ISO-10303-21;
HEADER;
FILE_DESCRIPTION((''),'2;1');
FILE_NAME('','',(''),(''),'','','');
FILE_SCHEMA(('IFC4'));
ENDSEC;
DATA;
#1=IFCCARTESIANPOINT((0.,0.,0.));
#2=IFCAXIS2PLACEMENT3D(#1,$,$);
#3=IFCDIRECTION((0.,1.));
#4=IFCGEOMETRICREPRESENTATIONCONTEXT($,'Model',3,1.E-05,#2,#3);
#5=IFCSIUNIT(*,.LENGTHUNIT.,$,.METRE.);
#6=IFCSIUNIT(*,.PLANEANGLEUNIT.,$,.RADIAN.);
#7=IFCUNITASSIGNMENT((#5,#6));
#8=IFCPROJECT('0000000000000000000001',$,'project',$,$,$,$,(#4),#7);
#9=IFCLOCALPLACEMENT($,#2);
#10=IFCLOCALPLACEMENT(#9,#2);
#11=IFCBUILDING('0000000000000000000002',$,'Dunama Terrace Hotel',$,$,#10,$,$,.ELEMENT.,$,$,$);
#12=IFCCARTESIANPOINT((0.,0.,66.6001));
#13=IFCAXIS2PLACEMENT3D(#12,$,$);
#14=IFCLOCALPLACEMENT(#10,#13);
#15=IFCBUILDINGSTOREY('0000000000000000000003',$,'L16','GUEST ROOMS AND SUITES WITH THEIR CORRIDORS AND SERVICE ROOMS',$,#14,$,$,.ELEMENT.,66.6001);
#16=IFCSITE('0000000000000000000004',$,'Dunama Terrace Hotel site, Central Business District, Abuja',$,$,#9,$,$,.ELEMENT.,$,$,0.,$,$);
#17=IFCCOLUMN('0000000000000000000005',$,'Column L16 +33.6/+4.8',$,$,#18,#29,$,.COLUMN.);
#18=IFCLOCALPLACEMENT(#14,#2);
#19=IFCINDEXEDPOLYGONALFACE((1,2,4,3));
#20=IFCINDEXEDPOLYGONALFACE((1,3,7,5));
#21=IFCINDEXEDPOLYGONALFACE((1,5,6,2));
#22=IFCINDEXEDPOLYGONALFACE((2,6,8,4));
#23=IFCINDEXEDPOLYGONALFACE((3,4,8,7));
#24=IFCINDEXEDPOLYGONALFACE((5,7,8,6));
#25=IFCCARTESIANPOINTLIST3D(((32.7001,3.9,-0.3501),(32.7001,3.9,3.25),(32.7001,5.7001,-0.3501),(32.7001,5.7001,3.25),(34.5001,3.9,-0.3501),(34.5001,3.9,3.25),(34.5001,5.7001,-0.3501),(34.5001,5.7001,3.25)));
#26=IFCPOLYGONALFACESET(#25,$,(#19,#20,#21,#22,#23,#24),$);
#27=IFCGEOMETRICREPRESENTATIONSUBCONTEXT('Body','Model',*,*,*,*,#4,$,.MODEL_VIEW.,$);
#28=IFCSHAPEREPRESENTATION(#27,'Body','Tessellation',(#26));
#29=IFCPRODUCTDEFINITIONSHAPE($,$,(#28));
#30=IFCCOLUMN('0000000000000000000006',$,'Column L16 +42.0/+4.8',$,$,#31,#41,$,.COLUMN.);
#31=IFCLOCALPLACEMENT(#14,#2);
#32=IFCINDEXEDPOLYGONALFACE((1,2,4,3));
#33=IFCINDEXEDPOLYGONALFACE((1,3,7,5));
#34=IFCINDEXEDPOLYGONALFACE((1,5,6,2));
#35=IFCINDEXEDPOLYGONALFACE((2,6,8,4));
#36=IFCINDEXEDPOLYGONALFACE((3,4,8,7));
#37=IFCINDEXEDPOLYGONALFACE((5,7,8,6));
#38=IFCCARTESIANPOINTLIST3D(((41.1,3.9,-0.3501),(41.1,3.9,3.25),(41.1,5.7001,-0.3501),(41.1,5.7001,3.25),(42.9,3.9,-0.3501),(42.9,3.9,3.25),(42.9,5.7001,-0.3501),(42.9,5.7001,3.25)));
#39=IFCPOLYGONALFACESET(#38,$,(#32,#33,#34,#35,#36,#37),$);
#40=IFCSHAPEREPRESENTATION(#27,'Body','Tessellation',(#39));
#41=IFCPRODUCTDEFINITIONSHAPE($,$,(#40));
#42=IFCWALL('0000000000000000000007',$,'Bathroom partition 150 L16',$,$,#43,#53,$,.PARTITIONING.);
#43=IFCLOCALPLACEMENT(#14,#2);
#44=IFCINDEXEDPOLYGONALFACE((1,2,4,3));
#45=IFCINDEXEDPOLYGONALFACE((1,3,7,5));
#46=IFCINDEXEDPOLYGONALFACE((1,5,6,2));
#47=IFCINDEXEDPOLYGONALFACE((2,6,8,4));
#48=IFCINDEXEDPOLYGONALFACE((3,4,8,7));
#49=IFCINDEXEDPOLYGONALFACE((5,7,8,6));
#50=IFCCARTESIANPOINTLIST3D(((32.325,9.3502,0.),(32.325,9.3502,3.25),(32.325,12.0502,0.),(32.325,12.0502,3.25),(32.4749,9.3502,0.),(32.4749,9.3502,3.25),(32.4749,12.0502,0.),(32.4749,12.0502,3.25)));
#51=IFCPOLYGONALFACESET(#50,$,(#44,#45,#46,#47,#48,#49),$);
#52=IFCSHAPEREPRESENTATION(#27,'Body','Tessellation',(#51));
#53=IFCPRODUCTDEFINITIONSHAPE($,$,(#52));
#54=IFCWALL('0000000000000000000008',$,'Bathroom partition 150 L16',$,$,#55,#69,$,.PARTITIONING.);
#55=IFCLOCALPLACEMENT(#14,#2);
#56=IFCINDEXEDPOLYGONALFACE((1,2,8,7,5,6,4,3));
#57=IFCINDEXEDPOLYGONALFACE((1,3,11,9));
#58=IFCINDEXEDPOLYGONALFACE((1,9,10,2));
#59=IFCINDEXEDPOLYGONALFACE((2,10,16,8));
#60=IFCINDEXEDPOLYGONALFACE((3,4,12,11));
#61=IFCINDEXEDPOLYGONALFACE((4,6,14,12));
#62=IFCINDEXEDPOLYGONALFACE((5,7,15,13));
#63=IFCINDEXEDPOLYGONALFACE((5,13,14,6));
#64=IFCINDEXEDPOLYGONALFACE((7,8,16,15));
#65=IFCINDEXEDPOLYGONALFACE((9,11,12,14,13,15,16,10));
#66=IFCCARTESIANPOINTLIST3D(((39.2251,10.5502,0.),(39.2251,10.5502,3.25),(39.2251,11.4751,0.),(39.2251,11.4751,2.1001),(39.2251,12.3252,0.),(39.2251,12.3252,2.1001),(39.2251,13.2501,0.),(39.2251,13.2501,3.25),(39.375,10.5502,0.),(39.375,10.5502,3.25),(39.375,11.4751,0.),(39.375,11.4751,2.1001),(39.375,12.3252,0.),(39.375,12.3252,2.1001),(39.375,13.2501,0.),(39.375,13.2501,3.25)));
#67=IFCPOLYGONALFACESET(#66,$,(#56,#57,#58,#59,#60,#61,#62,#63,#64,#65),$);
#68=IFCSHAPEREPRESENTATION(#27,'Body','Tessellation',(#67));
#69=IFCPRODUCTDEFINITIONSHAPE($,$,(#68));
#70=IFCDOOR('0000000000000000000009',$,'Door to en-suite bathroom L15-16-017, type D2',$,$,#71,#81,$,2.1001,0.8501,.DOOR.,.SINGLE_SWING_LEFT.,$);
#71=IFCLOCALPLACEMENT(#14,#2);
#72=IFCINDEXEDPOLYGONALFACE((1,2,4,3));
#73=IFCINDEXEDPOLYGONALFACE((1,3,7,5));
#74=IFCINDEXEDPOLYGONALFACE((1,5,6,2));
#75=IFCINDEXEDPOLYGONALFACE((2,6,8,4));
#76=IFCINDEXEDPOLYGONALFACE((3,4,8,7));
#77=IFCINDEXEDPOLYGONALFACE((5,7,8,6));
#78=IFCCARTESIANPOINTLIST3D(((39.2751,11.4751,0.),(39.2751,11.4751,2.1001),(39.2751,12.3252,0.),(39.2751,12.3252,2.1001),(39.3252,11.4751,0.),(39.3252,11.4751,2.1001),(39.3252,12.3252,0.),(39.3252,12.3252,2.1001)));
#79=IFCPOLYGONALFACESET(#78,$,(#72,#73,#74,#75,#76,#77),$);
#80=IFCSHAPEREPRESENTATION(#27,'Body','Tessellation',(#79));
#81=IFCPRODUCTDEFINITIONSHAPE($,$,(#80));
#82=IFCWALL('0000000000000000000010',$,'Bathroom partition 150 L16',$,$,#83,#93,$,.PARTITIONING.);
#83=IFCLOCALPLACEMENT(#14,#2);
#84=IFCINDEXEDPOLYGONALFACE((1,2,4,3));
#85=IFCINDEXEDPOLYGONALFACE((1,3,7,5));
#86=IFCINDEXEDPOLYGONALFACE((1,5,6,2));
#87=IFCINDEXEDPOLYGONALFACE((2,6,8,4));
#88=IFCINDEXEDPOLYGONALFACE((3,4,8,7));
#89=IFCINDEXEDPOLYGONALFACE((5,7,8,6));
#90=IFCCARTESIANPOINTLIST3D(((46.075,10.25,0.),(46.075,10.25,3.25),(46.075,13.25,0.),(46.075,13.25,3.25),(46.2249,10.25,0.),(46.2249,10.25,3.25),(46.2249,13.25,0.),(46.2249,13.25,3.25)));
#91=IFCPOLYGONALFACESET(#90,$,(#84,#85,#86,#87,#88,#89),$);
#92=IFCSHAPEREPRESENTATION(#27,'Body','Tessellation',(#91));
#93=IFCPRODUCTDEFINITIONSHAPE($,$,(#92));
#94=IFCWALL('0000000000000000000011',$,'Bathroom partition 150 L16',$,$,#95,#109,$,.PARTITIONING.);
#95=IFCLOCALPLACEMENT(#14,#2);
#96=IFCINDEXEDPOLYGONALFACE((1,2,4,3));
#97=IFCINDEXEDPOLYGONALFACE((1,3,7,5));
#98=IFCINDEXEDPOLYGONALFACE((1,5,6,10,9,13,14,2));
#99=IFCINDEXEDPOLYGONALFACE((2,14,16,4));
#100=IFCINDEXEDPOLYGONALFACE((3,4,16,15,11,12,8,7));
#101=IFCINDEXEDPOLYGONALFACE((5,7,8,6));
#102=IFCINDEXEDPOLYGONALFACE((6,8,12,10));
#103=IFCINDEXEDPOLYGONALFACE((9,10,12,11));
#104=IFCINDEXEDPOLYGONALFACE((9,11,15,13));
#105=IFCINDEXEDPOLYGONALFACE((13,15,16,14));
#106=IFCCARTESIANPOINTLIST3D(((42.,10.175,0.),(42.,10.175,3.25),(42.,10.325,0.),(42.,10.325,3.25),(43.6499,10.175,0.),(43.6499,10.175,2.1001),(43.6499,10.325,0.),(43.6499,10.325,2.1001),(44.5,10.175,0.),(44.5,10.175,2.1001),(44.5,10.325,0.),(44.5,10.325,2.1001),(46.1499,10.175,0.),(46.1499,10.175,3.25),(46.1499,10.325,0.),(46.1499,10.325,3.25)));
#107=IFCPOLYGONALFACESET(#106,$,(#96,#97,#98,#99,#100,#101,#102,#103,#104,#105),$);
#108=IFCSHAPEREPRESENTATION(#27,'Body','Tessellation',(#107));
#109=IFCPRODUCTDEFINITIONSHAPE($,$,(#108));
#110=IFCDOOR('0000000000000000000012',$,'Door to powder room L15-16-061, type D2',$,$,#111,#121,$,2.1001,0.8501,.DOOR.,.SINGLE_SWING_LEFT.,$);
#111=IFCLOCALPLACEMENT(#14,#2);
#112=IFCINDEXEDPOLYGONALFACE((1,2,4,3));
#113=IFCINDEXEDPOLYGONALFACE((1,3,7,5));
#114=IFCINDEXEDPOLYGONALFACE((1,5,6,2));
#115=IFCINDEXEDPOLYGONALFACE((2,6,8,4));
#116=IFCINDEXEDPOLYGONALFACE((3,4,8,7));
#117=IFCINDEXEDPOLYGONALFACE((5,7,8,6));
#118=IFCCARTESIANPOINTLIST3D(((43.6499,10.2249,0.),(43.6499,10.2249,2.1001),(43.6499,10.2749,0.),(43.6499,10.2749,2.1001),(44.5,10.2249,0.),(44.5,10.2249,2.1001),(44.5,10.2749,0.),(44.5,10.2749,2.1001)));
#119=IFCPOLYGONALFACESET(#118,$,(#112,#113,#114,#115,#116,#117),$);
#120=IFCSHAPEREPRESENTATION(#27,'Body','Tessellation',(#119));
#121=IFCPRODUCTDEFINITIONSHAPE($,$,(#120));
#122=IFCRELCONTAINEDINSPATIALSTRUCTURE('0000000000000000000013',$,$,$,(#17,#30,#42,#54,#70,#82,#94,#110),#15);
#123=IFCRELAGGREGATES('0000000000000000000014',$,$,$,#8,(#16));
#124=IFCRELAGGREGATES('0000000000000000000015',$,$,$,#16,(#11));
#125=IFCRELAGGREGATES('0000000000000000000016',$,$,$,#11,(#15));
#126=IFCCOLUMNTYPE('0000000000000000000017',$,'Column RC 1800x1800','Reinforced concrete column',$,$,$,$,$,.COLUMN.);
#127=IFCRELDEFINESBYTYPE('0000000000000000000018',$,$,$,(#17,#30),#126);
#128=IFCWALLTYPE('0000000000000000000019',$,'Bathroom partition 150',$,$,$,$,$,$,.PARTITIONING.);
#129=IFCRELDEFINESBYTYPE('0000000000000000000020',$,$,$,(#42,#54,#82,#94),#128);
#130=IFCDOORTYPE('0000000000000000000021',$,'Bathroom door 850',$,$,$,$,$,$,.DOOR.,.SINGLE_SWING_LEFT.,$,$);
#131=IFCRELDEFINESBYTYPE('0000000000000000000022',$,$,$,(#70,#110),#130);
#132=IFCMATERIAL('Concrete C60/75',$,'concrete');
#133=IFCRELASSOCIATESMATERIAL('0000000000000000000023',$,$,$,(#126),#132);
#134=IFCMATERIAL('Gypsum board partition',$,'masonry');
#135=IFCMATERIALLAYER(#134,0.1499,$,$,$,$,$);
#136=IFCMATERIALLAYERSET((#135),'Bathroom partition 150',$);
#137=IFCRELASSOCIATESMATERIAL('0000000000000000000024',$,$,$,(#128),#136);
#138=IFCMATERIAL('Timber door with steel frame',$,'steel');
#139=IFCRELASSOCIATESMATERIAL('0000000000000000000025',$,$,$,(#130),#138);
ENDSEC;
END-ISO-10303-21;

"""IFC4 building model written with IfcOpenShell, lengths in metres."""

from ifc_helpers import new_model, si_unit, direction, frame, frame_2d, origin, origin_2d, place, context, subcontext, project, spatial, rectangle, extrude, material, layer, layer_set, material_profile, profile_set, type_object, element, fill, save


model = new_model("IFC4")

# Units and contexts
model_context = context("Model", 3, precision=1e-05, world=origin(), true_north=direction((0.0, 1.0)))
body_context = subcontext(model_context, "Body", "Model", "MODEL_VIEW")
ifc_project = project(units=[si_unit("LENGTHUNIT", "METRE"), si_unit("PLANEANGLEUNIT", "RADIAN")], contexts=[model_context])

# Site, building, storey
site_placement = place(None, origin())
site = spatial("IfcSite", under=ifc_project, at=site_placement, Name="Dunama Terrace Hotel site, Central Business District, Abuja", CompositionType="ELEMENT", RefElevation=0.0)
building_placement = place(site_placement, origin())
building = spatial("IfcBuilding", under=site, at=building_placement, Name="Dunama Terrace Hotel", CompositionType="ELEMENT")
storey_placement = place(building_placement, frame((0.0, 0.0, 66.6001)))
storey = spatial("IfcBuildingStorey", under=building, at=storey_placement, Name="L16", Description="GUEST ROOMS AND SUITES WITH THEIR CORRIDORS AND SERVICE ROOMS", CompositionType="ELEMENT", Elevation=66.6001)

# Columns
ifc_material_1 = material(Name="Concrete C60/75", Category="concrete")
ifc_material_profile = material_profile(ifc_material_1, rectangle(XDim=1.8, YDim=1.8, at=origin_2d()), Name="RC 1800x1800")
ifc_profile_set = profile_set([ifc_material_profile], Name="Concrete C60/75")
column_type = type_object("IfcColumnType", Name="Column RC 1800x1800", Description="Reinforced concrete column", PredefinedType="COLUMN", material=ifc_profile_set)
for number, where, z_axis, x_axis, name in (
    (1, (33.6001, 4.8, -0.3501), (0.0, 0.0, 1.0), (1.0, 0.0, 0.0), "Column L16 +33.6/+4.8"),
    (2, (42.0, 4.8, -0.3501), (0.0, 0.0, 1.0), (1.0, 0.0, 0.0), "Column L16 +42.0/+4.8"),
):
    element("IfcColumn", number, at=place(storey_placement, frame(where, z_axis=z_axis, x_axis=x_axis)), inside=storey, type_object=column_type, Name=name, PredefinedType="COLUMN", context=body_context, shape_type="SweptSolid", body=[
        extrude(rectangle(XDim=1.8, YDim=1.8, at=origin_2d()), origin(), (0.0, 0.0, 1.0), 3.6001),
    ])

# Wall
ifc_material_2 = material(Name="Gypsum board partition", Category="masonry")
ifc_layer_1 = layer(ifc_material_2, 0.1499)
ifc_layer_set_1 = layer_set([ifc_layer_1], Name="Bathroom partition 150")
wall_type_1 = type_object("IfcWallType", Name="Bathroom partition 150", PredefinedType="PARTITIONING", material=ifc_layer_set_1)
wall_1_placement = place(storey_placement, frame((32.3999, 9.3501, 0.0), z_axis=(0.0, 0.0, 1.0), x_axis=(0.0, 1.0, 0.0)))
element("IfcWall", 3, at=wall_1_placement, inside=storey, type_object=wall_type_1, Name="Bathroom partition 150 L16", PredefinedType="PARTITIONING", context=body_context, shape_type="SweptSolid", body=[
    extrude(rectangle(XDim=2.7, YDim=0.1499, at=frame_2d((1.3501, 0.0))), origin(), (0.0, 0.0, 1.0), 3.25),
])

# Wall, opening, door
wall_2_placement = place(storey_placement, frame((39.3, 10.55, 0.0), z_axis=(0.0, 0.0, 1.0), x_axis=(0.0, 1.0, 0.0)))
wall_2 = element("IfcWall", 4, at=wall_2_placement, inside=storey, type_object=wall_type_1, Name="Bathroom partition 150 L16", PredefinedType="PARTITIONING", context=body_context, shape_type="SweptSolid", body=[
    extrude(rectangle(XDim=2.7, YDim=0.1499, at=frame_2d((1.3501, 0.0))), origin(), (0.0, 0.0, 1.0), 3.25),
])
opening_1_placement = place(wall_2_placement, frame((0.925, 0.0, 0.0)))
opening_1 = element("IfcOpeningElement", 5, at=opening_1_placement, cuts=wall_2, PredefinedType="OPENING", context=body_context, shape_type="SweptSolid", body=[
    extrude(rectangle(XDim=0.8501, YDim=2.1001, at=frame_2d((0.425, 1.05))), frame((0.0, 0.085, 0.0), z_axis=(0.0, -1.0, 0.0), x_axis=(1.0, 0.0, 0.0)), (0.0, 0.0, 1.0), 0.1699),
])
ifc_material_3 = material(Name="Timber door with steel frame", Category="steel")
door_type_1 = type_object("IfcDoorType", Name="Bathroom door 850", OperationType="SINGLE_SWING_LEFT", PredefinedType="DOOR", material=ifc_material_3)
door_1_placement = place(opening_1_placement, frame((0.8501, 0.0, 0.0), z_axis=(0.0, 0.0, 1.0), x_axis=(-1.0, 0.0, 0.0)))
door_1 = element("IfcDoor", 6, at=door_1_placement, inside=storey, type_object=door_type_1, Name="Door to en-suite bathroom L15-16-017, type D2", OperationType="SINGLE_SWING_LEFT", OverallHeight=2.1001, OverallWidth=0.8501, PredefinedType="DOOR", context=body_context, shape_type="SweptSolid", body=[
    extrude(rectangle(XDim=0.8501, YDim=2.1001, at=frame_2d((0.425, 1.05))), frame((0.0, 0.0251, 0.0), z_axis=(0.0, -1.0, 0.0), x_axis=(1.0, 0.0, 0.0)), (0.0, 0.0, 1.0), 0.05),
])
fill(opening_1, door_1)

# Wall
wall_3_placement = place(storey_placement, frame((46.1499, 10.25, 0.0), z_axis=(0.0, 0.0, 1.0), x_axis=(0.0, 1.0, 0.0)))
element("IfcWall", 7, at=wall_3_placement, inside=storey, type_object=wall_type_1, Name="Bathroom partition 150 L16", PredefinedType="PARTITIONING", context=body_context, shape_type="SweptSolid", body=[
    extrude(rectangle(XDim=3.0, YDim=0.1499, at=frame_2d((1.5, 0.0))), origin(), (0.0, 0.0, 1.0), 3.25),
])

# Wall, opening, door
wall_4_placement = place(storey_placement, frame((42.0, 10.25, 0.0), z_axis=(0.0, 0.0, 1.0), x_axis=(1.0, 0.0, 0.0)))
wall_4 = element("IfcWall", 8, at=wall_4_placement, inside=storey, type_object=wall_type_1, Name="Bathroom partition 150 L16", PredefinedType="PARTITIONING", context=body_context, shape_type="SweptSolid", body=[
    extrude(rectangle(XDim=4.1499, YDim=0.1499, at=frame_2d((2.075, 0.0))), origin(), (0.0, 0.0, 1.0), 3.25),
])
opening_2_placement = place(wall_4_placement, frame((1.6499, 0.0, 0.0)))
opening_2 = element("IfcOpeningElement", 9, at=opening_2_placement, cuts=wall_4, PredefinedType="OPENING", context=body_context, shape_type="SweptSolid", body=[
    extrude(rectangle(XDim=0.8501, YDim=2.1001, at=frame_2d((0.425, 1.05))), frame((0.0, 0.085, 0.0), z_axis=(0.0, -1.0, 0.0), x_axis=(1.0, 0.0, 0.0)), (0.0, 0.0, 1.0), 0.1699),
])
door_2_placement = place(opening_2_placement, origin())
door_2 = element("IfcDoor", 10, at=door_2_placement, inside=storey, type_object=door_type_1, Name="Door to powder room L15-16-061, type D2", OperationType="SINGLE_SWING_LEFT", OverallHeight=2.1001, OverallWidth=0.8501, PredefinedType="DOOR", context=body_context, shape_type="SweptSolid", body=[
    extrude(rectangle(XDim=0.8501, YDim=2.1001, at=frame_2d((0.425, 1.05))), frame((0.0, 0.0249, 0.0), z_axis=(0.0, -1.0, 0.0), x_axis=(1.0, 0.0, 0.0)), (0.0, 0.0, 1.0), 0.05),
])
fill(opening_2, door_2)

save(model, "model.ifc")
